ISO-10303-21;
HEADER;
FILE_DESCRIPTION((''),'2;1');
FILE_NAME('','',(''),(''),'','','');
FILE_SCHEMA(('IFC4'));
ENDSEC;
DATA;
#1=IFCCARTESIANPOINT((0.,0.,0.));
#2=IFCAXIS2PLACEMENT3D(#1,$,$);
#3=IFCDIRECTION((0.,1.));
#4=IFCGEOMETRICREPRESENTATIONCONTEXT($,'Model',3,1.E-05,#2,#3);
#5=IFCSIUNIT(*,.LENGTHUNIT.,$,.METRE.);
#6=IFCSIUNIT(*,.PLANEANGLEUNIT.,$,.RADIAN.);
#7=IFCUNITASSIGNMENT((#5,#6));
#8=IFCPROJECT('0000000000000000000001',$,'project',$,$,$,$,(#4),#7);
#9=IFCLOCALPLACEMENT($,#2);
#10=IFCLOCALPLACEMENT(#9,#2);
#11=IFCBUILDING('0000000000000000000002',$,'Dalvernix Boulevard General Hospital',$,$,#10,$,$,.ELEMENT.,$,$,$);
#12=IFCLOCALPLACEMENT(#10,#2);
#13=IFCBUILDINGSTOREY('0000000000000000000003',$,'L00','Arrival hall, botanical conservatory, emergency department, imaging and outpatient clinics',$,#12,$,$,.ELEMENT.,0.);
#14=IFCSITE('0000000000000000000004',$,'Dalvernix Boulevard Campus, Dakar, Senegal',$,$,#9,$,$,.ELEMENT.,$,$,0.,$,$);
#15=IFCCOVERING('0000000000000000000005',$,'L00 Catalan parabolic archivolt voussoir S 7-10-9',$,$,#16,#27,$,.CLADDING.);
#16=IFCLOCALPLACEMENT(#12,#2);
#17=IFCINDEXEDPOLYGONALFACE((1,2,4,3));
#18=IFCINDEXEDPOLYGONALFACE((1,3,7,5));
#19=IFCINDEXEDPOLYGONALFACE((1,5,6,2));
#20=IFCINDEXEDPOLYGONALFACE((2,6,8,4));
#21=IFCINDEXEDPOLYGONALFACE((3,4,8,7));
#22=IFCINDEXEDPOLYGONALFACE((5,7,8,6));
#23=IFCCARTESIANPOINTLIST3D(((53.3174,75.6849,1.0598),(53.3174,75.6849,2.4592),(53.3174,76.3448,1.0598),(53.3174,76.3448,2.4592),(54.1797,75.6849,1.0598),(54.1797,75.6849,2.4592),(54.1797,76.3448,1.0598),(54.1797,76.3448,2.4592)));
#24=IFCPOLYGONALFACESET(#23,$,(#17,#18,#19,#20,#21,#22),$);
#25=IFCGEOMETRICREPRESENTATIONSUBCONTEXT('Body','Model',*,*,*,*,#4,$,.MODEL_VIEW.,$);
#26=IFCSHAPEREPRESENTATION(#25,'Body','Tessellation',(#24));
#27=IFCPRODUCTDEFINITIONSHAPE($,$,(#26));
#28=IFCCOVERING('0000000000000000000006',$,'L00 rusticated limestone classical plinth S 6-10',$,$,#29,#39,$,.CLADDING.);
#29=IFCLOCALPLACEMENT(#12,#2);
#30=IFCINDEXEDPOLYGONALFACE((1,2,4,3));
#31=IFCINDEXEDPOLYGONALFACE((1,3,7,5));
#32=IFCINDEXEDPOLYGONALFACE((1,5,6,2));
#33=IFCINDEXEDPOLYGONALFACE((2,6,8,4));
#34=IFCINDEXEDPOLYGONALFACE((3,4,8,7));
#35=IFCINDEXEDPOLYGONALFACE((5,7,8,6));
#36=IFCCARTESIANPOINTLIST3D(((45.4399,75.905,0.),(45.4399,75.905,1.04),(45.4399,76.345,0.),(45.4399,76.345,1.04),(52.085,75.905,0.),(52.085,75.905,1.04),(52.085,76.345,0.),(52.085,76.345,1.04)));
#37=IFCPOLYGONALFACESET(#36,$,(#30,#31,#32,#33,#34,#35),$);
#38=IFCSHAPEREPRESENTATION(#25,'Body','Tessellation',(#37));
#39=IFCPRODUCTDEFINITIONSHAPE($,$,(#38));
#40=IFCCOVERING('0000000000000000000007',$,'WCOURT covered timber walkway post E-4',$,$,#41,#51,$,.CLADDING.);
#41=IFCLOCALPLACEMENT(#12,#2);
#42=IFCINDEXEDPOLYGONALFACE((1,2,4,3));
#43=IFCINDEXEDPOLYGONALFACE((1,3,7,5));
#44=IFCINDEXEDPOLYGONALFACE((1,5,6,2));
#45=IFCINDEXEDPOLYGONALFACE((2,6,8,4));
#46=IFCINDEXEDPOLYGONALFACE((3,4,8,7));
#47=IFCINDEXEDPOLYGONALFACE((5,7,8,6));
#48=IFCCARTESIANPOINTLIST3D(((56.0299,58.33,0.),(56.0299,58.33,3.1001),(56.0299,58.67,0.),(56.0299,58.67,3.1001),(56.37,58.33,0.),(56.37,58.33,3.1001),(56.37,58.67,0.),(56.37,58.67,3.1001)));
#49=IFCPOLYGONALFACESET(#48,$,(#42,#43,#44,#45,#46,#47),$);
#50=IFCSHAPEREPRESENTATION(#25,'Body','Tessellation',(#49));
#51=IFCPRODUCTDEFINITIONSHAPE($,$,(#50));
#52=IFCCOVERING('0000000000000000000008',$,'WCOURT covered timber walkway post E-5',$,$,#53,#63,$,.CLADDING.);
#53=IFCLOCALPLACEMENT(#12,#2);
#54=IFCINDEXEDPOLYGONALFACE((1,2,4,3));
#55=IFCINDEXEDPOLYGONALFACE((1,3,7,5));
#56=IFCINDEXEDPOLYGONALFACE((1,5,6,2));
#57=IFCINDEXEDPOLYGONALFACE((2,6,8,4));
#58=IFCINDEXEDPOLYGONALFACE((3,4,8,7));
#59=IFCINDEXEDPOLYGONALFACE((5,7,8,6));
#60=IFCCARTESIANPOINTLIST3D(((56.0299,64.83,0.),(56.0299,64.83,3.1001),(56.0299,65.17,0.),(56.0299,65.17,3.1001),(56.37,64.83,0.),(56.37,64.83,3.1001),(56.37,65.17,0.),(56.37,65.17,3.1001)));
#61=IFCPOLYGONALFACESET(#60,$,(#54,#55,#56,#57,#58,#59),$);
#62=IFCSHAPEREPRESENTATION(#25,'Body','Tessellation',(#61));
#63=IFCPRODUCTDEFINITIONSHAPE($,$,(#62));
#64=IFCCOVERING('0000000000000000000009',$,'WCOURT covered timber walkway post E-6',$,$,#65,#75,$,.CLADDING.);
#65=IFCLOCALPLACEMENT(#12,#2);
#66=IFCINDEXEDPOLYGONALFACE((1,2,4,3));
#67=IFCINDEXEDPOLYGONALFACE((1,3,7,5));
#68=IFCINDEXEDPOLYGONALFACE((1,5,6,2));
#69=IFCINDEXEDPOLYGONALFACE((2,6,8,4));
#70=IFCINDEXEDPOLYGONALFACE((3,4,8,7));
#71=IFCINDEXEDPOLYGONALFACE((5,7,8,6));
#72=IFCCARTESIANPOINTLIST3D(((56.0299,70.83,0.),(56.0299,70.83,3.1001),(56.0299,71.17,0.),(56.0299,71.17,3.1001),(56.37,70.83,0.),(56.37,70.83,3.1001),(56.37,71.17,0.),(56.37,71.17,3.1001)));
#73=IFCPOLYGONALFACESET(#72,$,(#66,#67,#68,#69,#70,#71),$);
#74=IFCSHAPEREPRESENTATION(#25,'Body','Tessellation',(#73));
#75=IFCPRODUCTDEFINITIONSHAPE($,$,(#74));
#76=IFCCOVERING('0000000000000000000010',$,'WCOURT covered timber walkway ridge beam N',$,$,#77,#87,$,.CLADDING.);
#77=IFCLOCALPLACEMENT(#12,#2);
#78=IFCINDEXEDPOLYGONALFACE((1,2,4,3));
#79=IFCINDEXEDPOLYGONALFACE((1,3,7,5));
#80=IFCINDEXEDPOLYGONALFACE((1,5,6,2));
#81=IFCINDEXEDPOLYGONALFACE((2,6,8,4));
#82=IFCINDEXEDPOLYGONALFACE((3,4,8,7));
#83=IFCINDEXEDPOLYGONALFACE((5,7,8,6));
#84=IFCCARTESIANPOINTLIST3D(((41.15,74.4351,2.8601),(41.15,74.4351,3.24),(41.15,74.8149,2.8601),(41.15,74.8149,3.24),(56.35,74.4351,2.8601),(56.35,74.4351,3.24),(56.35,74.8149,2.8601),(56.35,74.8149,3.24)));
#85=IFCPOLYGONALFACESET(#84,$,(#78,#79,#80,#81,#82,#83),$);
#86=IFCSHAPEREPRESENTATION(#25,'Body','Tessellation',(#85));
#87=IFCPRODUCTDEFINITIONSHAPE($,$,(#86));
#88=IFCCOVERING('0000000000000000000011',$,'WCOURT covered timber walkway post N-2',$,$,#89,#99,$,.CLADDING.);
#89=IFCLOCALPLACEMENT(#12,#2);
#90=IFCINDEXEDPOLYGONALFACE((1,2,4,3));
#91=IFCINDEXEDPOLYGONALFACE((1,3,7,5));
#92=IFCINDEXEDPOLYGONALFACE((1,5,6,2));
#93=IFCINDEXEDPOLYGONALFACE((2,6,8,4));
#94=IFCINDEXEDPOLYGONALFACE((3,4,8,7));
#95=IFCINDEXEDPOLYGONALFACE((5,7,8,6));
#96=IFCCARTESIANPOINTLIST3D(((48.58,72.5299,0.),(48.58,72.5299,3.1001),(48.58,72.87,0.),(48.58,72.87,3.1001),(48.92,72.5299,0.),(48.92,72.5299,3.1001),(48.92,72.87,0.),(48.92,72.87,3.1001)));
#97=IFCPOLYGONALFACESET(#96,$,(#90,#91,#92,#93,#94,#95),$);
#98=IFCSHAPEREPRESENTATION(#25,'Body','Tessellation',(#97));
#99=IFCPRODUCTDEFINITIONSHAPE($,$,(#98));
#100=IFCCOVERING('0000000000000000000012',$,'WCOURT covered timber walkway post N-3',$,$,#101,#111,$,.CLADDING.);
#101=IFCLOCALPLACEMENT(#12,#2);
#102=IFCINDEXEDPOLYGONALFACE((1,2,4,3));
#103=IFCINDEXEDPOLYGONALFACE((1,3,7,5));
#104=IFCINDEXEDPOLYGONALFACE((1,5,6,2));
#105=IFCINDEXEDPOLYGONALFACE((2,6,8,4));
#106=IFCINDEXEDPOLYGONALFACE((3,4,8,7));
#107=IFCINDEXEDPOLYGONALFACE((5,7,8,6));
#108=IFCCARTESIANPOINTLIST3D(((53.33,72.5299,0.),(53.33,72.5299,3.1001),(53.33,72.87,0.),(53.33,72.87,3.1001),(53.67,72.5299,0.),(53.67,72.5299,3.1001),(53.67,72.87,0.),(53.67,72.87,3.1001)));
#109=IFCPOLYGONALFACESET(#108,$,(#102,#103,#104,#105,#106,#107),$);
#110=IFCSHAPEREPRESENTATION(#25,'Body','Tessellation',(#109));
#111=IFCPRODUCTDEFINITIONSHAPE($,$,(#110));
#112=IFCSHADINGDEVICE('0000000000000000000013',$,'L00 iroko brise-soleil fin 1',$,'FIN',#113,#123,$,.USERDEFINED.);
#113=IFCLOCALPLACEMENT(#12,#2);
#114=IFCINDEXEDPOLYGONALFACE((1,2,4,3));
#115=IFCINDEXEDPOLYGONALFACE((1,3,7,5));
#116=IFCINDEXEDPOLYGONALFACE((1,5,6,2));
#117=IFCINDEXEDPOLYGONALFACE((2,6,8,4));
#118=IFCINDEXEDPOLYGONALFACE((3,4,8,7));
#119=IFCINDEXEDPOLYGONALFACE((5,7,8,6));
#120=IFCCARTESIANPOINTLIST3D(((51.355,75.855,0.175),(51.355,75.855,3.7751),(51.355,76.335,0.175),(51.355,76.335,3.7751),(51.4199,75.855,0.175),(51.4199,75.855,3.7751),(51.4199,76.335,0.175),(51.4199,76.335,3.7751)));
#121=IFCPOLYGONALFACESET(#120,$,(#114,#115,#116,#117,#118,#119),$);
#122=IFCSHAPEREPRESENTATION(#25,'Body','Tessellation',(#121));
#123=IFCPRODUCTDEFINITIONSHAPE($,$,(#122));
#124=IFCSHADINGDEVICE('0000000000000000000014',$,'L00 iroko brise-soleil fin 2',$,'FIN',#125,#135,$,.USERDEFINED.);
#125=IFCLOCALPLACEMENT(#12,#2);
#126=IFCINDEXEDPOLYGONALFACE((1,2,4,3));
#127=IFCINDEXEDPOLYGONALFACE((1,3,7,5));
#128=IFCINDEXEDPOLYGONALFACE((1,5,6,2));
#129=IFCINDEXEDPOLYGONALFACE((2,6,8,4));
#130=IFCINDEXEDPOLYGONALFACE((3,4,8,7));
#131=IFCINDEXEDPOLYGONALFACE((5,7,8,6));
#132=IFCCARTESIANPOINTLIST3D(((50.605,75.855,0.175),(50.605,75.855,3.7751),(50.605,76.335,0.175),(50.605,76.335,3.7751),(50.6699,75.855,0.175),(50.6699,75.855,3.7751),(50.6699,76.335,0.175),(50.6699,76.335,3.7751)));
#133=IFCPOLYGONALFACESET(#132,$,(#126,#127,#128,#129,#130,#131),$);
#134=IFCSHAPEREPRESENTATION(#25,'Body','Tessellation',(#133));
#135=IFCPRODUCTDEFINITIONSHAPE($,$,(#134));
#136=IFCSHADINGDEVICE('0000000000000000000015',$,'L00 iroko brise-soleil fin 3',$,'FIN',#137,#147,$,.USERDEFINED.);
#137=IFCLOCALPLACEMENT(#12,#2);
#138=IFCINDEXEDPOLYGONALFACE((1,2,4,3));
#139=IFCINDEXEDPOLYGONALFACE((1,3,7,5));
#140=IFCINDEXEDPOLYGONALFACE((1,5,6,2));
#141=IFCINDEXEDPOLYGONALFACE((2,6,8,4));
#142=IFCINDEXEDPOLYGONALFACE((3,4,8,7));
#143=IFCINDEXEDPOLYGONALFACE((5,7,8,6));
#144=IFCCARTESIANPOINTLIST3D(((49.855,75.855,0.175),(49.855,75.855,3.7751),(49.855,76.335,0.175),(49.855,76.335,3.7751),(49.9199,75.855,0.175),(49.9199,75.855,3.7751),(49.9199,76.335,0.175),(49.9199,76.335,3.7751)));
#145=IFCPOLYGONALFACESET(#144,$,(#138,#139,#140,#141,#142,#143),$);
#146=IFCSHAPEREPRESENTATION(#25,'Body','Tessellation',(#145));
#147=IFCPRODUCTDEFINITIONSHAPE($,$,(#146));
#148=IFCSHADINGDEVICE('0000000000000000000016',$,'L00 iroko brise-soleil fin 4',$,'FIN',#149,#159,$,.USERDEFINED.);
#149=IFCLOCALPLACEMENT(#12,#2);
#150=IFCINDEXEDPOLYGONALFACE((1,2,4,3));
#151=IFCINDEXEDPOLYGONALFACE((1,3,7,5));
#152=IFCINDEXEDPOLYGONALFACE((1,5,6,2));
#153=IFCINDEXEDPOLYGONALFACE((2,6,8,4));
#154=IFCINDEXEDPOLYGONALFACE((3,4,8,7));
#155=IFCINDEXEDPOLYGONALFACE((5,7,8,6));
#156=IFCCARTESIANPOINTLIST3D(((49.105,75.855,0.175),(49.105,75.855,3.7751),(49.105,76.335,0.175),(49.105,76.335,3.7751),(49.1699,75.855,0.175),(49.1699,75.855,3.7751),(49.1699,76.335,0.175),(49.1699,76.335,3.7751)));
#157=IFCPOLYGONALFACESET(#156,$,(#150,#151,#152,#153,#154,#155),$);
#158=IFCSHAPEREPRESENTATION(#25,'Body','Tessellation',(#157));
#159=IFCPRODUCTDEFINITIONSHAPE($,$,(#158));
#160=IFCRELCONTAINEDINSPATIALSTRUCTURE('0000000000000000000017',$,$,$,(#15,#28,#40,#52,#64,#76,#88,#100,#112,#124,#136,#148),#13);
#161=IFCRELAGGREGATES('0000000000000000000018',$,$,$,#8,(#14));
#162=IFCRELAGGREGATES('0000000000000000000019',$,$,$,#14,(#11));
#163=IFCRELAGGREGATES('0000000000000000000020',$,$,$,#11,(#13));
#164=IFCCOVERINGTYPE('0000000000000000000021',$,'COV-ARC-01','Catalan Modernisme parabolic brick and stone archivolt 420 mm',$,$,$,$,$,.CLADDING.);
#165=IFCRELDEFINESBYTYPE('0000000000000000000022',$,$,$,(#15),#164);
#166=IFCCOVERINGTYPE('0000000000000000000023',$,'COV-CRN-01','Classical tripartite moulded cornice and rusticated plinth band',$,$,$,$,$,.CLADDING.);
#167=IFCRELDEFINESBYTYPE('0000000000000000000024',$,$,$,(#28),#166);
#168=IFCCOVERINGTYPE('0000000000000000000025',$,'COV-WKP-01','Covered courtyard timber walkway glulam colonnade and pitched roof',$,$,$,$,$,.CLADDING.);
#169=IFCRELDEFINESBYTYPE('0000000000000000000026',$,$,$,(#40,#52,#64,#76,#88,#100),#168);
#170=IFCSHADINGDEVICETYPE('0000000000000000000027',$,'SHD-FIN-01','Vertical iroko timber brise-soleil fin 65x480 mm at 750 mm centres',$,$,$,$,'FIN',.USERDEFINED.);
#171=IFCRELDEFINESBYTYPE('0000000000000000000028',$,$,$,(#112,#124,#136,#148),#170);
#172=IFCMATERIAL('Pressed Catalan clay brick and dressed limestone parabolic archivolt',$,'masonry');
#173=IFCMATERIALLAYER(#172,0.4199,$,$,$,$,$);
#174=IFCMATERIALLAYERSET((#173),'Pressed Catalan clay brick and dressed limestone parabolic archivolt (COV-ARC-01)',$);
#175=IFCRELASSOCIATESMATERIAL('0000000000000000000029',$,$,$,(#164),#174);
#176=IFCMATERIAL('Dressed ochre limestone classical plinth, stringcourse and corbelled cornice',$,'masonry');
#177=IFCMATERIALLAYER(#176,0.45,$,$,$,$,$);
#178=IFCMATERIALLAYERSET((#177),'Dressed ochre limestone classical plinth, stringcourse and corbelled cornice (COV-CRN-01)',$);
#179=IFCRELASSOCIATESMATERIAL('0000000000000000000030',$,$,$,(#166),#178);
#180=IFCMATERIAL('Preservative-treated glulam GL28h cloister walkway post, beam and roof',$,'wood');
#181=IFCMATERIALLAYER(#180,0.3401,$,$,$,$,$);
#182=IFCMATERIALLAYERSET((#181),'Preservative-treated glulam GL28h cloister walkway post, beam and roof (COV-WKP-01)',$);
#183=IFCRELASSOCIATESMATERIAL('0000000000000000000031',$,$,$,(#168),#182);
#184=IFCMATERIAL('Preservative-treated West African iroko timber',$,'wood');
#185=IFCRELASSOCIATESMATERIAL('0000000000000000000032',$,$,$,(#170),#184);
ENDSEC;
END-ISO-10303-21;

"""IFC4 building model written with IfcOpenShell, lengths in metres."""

from ifc_helpers import new_model, si_unit, direction, frame, origin, origin_2d, place, context, subcontext, project, spatial, rectangle, extrude, material, layer, layer_set, type_object, element, save


model = new_model("IFC4")

# Units and contexts
model_context = context("Model", 3, precision=1e-05, world=origin(), true_north=direction((0.0, 1.0)))
body_context = subcontext(model_context, "Body", "Model", "MODEL_VIEW")
ifc_project = project(units=[si_unit("LENGTHUNIT", "METRE"), si_unit("PLANEANGLEUNIT", "RADIAN")], contexts=[model_context])

# Site, building, storey
site_placement = place(None, origin())
site = spatial("IfcSite", under=ifc_project, at=site_placement, Name="Dalvernix Boulevard Campus, Dakar, Senegal", CompositionType="ELEMENT", RefElevation=0.0)
building_placement = place(site_placement, origin())
building = spatial("IfcBuilding", under=site, at=building_placement, Name="Dalvernix Boulevard General Hospital", CompositionType="ELEMENT")
storey_placement = place(building_placement, origin())
storey = spatial("IfcBuildingStorey", under=building, at=storey_placement, Name="L00", Description="Arrival hall, botanical conservatory, emergency department, imaging and outpatient clinics", CompositionType="ELEMENT", Elevation=0.0)

# Coverings
ifc_material_1 = material(Name="Pressed Catalan clay brick and dressed limestone parabolic archivolt", Category="masonry")
ifc_layer_1 = layer(ifc_material_1, 0.4199)
ifc_layer_set_1 = layer_set([ifc_layer_1], Name="Pressed Catalan clay brick and dressed limestone parabolic archivolt (COV-ARC-01)")
covering_type_1 = type_object("IfcCoveringType", Name="COV-ARC-01", Description="Catalan Modernisme parabolic brick and stone archivolt 420 mm", PredefinedType="CLADDING", material=ifc_layer_set_1)
covering_1_placement = place(storey_placement, frame((53.7485, 76.0149, 1.0598), z_axis=(0.0, 0.0, 1.0), x_axis=(-1.0, 0.0, 0.0)))
element("IfcCovering", 1, at=covering_1_placement, inside=storey, type_object=covering_type_1, Name="L00 Catalan parabolic archivolt voussoir S 7-10-9", PredefinedType="CLADDING", context=body_context, shape_type="SweptSolid", body=[
    extrude(rectangle(XDim=0.8623, YDim=0.6599, at=origin_2d()), origin(), (0.0, 0.0, 1.0), 1.3994),
])
ifc_material_2 = material(Name="Dressed ochre limestone classical plinth, stringcourse and corbelled cornice", Category="masonry")
ifc_layer_2 = layer(ifc_material_2, 0.45)
ifc_layer_set_2 = layer_set([ifc_layer_2], Name="Dressed ochre limestone classical plinth, stringcourse and corbelled cornice (COV-CRN-01)")
covering_type_2 = type_object("IfcCoveringType", Name="COV-CRN-01", Description="Classical tripartite moulded cornice and rusticated plinth band", PredefinedType="CLADDING", material=ifc_layer_set_2)
covering_2_placement = place(storey_placement, frame((48.7625, 76.125, 0.0), z_axis=(0.0, 0.0, 1.0), x_axis=(-1.0, 0.0, 0.0)))
element("IfcCovering", 2, at=covering_2_placement, inside=storey, type_object=covering_type_2, Name="L00 rusticated limestone classical plinth S 6-10", PredefinedType="CLADDING", context=body_context, shape_type="SweptSolid", body=[
    extrude(rectangle(XDim=6.645, YDim=0.4399, at=origin_2d()), origin(), (0.0, 0.0, 1.0), 1.04),
])
ifc_material_3 = material(Name="Preservative-treated glulam GL28h cloister walkway post, beam and roof", Category="wood")
ifc_layer_3 = layer(ifc_material_3, 0.3401)
ifc_layer_set_3 = layer_set([ifc_layer_3], Name="Preservative-treated glulam GL28h cloister walkway post, beam and roof (COV-WKP-01)")
covering_type_3 = type_object("IfcCoveringType", Name="COV-WKP-01", Description="Covered courtyard timber walkway glulam colonnade and pitched roof", PredefinedType="CLADDING", material=ifc_layer_set_3)
for number, where, z_axis, x_axis, name in (
    (3, (56.2, 58.5, 0.0), (0.0, 0.0, 1.0), (1.0, 0.0, 0.0), "WCOURT covered timber walkway post E-4"),
    (4, (56.2, 65.0, 0.0), (0.0, 0.0, 1.0), (1.0, 0.0, 0.0), "WCOURT covered timber walkway post E-5"),
    (5, (56.2, 71.0, 0.0), (0.0, 0.0, 1.0), (1.0, 0.0, 0.0), "WCOURT covered timber walkway post E-6"),
):
    element("IfcCovering", number, at=place(storey_placement, frame(where, z_axis=z_axis, x_axis=x_axis)), inside=storey, type_object=covering_type_3, Name=name, PredefinedType="CLADDING", context=body_context, shape_type="SweptSolid", body=[
        extrude(rectangle(XDim=0.3401, YDim=0.3401, at=origin_2d()), origin(), (0.0, 0.0, 1.0), 3.1001),
    ])
covering_3_placement = place(storey_placement, frame((48.75, 74.625, 2.8601), z_axis=(0.0, 0.0, 1.0), x_axis=(1.0, 0.0, 0.0)))
element("IfcCovering", 6, at=covering_3_placement, inside=storey, type_object=covering_type_3, Name="WCOURT covered timber walkway ridge beam N", PredefinedType="CLADDING", context=body_context, shape_type="SweptSolid", body=[
    extrude(rectangle(XDim=15.2, YDim=0.3799, at=origin_2d()), origin(), (0.0, 0.0, 1.0), 0.3799),
])
for number, where, z_axis, x_axis, name in (
    (7, (48.75, 72.7, 0.0), (0.0, 0.0, 1.0), (1.0, 0.0, 0.0), "WCOURT covered timber walkway post N-2"),
    (8, (53.5, 72.7, 0.0), (0.0, 0.0, 1.0), (1.0, 0.0, 0.0), "WCOURT covered timber walkway post N-3"),
):
    element("IfcCovering", number, at=place(storey_placement, frame(where, z_axis=z_axis, x_axis=x_axis)), inside=storey, type_object=covering_type_3, Name=name, PredefinedType="CLADDING", context=body_context, shape_type="SweptSolid", body=[
        extrude(rectangle(XDim=0.3401, YDim=0.3401, at=origin_2d()), origin(), (0.0, 0.0, 1.0), 3.1001),
    ])

# Shading devices
ifc_material_4 = material(Name="Preservative-treated West African iroko timber", Category="wood")
shading_device_type = type_object("IfcShadingDeviceType", Name="SHD-FIN-01", Description="Vertical iroko timber brise-soleil fin 65x480 mm at 750 mm centres", ElementType="FIN", PredefinedType="USERDEFINED", material=ifc_material_4)
for number, where, z_axis, x_axis, name in (
    (9, (51.3875, 76.095, 0.175), (0.0, 0.0, 1.0), (-1.0, 0.0, 0.0), "L00 iroko brise-soleil fin 1"),
    (10, (50.6375, 76.095, 0.175), (0.0, 0.0, 1.0), (-1.0, 0.0, 0.0), "L00 iroko brise-soleil fin 2"),
    (11, (49.8875, 76.095, 0.175), (0.0, 0.0, 1.0), (-1.0, 0.0, 0.0), "L00 iroko brise-soleil fin 3"),
    (12, (49.1375, 76.095, 0.175), (0.0, 0.0, 1.0), (-1.0, 0.0, 0.0), "L00 iroko brise-soleil fin 4"),
):
    element("IfcShadingDevice", number, at=place(storey_placement, frame(where, z_axis=z_axis, x_axis=x_axis)), inside=storey, type_object=shading_device_type, Name=name, ObjectType="FIN", PredefinedType="USERDEFINED", context=body_context, shape_type="SweptSolid", body=[
        extrude(rectangle(XDim=0.0649, YDim=0.48, at=origin_2d()), origin(), (0.0, 0.0, 1.0), 3.6001),
    ])

save(model, "model.ifc")
